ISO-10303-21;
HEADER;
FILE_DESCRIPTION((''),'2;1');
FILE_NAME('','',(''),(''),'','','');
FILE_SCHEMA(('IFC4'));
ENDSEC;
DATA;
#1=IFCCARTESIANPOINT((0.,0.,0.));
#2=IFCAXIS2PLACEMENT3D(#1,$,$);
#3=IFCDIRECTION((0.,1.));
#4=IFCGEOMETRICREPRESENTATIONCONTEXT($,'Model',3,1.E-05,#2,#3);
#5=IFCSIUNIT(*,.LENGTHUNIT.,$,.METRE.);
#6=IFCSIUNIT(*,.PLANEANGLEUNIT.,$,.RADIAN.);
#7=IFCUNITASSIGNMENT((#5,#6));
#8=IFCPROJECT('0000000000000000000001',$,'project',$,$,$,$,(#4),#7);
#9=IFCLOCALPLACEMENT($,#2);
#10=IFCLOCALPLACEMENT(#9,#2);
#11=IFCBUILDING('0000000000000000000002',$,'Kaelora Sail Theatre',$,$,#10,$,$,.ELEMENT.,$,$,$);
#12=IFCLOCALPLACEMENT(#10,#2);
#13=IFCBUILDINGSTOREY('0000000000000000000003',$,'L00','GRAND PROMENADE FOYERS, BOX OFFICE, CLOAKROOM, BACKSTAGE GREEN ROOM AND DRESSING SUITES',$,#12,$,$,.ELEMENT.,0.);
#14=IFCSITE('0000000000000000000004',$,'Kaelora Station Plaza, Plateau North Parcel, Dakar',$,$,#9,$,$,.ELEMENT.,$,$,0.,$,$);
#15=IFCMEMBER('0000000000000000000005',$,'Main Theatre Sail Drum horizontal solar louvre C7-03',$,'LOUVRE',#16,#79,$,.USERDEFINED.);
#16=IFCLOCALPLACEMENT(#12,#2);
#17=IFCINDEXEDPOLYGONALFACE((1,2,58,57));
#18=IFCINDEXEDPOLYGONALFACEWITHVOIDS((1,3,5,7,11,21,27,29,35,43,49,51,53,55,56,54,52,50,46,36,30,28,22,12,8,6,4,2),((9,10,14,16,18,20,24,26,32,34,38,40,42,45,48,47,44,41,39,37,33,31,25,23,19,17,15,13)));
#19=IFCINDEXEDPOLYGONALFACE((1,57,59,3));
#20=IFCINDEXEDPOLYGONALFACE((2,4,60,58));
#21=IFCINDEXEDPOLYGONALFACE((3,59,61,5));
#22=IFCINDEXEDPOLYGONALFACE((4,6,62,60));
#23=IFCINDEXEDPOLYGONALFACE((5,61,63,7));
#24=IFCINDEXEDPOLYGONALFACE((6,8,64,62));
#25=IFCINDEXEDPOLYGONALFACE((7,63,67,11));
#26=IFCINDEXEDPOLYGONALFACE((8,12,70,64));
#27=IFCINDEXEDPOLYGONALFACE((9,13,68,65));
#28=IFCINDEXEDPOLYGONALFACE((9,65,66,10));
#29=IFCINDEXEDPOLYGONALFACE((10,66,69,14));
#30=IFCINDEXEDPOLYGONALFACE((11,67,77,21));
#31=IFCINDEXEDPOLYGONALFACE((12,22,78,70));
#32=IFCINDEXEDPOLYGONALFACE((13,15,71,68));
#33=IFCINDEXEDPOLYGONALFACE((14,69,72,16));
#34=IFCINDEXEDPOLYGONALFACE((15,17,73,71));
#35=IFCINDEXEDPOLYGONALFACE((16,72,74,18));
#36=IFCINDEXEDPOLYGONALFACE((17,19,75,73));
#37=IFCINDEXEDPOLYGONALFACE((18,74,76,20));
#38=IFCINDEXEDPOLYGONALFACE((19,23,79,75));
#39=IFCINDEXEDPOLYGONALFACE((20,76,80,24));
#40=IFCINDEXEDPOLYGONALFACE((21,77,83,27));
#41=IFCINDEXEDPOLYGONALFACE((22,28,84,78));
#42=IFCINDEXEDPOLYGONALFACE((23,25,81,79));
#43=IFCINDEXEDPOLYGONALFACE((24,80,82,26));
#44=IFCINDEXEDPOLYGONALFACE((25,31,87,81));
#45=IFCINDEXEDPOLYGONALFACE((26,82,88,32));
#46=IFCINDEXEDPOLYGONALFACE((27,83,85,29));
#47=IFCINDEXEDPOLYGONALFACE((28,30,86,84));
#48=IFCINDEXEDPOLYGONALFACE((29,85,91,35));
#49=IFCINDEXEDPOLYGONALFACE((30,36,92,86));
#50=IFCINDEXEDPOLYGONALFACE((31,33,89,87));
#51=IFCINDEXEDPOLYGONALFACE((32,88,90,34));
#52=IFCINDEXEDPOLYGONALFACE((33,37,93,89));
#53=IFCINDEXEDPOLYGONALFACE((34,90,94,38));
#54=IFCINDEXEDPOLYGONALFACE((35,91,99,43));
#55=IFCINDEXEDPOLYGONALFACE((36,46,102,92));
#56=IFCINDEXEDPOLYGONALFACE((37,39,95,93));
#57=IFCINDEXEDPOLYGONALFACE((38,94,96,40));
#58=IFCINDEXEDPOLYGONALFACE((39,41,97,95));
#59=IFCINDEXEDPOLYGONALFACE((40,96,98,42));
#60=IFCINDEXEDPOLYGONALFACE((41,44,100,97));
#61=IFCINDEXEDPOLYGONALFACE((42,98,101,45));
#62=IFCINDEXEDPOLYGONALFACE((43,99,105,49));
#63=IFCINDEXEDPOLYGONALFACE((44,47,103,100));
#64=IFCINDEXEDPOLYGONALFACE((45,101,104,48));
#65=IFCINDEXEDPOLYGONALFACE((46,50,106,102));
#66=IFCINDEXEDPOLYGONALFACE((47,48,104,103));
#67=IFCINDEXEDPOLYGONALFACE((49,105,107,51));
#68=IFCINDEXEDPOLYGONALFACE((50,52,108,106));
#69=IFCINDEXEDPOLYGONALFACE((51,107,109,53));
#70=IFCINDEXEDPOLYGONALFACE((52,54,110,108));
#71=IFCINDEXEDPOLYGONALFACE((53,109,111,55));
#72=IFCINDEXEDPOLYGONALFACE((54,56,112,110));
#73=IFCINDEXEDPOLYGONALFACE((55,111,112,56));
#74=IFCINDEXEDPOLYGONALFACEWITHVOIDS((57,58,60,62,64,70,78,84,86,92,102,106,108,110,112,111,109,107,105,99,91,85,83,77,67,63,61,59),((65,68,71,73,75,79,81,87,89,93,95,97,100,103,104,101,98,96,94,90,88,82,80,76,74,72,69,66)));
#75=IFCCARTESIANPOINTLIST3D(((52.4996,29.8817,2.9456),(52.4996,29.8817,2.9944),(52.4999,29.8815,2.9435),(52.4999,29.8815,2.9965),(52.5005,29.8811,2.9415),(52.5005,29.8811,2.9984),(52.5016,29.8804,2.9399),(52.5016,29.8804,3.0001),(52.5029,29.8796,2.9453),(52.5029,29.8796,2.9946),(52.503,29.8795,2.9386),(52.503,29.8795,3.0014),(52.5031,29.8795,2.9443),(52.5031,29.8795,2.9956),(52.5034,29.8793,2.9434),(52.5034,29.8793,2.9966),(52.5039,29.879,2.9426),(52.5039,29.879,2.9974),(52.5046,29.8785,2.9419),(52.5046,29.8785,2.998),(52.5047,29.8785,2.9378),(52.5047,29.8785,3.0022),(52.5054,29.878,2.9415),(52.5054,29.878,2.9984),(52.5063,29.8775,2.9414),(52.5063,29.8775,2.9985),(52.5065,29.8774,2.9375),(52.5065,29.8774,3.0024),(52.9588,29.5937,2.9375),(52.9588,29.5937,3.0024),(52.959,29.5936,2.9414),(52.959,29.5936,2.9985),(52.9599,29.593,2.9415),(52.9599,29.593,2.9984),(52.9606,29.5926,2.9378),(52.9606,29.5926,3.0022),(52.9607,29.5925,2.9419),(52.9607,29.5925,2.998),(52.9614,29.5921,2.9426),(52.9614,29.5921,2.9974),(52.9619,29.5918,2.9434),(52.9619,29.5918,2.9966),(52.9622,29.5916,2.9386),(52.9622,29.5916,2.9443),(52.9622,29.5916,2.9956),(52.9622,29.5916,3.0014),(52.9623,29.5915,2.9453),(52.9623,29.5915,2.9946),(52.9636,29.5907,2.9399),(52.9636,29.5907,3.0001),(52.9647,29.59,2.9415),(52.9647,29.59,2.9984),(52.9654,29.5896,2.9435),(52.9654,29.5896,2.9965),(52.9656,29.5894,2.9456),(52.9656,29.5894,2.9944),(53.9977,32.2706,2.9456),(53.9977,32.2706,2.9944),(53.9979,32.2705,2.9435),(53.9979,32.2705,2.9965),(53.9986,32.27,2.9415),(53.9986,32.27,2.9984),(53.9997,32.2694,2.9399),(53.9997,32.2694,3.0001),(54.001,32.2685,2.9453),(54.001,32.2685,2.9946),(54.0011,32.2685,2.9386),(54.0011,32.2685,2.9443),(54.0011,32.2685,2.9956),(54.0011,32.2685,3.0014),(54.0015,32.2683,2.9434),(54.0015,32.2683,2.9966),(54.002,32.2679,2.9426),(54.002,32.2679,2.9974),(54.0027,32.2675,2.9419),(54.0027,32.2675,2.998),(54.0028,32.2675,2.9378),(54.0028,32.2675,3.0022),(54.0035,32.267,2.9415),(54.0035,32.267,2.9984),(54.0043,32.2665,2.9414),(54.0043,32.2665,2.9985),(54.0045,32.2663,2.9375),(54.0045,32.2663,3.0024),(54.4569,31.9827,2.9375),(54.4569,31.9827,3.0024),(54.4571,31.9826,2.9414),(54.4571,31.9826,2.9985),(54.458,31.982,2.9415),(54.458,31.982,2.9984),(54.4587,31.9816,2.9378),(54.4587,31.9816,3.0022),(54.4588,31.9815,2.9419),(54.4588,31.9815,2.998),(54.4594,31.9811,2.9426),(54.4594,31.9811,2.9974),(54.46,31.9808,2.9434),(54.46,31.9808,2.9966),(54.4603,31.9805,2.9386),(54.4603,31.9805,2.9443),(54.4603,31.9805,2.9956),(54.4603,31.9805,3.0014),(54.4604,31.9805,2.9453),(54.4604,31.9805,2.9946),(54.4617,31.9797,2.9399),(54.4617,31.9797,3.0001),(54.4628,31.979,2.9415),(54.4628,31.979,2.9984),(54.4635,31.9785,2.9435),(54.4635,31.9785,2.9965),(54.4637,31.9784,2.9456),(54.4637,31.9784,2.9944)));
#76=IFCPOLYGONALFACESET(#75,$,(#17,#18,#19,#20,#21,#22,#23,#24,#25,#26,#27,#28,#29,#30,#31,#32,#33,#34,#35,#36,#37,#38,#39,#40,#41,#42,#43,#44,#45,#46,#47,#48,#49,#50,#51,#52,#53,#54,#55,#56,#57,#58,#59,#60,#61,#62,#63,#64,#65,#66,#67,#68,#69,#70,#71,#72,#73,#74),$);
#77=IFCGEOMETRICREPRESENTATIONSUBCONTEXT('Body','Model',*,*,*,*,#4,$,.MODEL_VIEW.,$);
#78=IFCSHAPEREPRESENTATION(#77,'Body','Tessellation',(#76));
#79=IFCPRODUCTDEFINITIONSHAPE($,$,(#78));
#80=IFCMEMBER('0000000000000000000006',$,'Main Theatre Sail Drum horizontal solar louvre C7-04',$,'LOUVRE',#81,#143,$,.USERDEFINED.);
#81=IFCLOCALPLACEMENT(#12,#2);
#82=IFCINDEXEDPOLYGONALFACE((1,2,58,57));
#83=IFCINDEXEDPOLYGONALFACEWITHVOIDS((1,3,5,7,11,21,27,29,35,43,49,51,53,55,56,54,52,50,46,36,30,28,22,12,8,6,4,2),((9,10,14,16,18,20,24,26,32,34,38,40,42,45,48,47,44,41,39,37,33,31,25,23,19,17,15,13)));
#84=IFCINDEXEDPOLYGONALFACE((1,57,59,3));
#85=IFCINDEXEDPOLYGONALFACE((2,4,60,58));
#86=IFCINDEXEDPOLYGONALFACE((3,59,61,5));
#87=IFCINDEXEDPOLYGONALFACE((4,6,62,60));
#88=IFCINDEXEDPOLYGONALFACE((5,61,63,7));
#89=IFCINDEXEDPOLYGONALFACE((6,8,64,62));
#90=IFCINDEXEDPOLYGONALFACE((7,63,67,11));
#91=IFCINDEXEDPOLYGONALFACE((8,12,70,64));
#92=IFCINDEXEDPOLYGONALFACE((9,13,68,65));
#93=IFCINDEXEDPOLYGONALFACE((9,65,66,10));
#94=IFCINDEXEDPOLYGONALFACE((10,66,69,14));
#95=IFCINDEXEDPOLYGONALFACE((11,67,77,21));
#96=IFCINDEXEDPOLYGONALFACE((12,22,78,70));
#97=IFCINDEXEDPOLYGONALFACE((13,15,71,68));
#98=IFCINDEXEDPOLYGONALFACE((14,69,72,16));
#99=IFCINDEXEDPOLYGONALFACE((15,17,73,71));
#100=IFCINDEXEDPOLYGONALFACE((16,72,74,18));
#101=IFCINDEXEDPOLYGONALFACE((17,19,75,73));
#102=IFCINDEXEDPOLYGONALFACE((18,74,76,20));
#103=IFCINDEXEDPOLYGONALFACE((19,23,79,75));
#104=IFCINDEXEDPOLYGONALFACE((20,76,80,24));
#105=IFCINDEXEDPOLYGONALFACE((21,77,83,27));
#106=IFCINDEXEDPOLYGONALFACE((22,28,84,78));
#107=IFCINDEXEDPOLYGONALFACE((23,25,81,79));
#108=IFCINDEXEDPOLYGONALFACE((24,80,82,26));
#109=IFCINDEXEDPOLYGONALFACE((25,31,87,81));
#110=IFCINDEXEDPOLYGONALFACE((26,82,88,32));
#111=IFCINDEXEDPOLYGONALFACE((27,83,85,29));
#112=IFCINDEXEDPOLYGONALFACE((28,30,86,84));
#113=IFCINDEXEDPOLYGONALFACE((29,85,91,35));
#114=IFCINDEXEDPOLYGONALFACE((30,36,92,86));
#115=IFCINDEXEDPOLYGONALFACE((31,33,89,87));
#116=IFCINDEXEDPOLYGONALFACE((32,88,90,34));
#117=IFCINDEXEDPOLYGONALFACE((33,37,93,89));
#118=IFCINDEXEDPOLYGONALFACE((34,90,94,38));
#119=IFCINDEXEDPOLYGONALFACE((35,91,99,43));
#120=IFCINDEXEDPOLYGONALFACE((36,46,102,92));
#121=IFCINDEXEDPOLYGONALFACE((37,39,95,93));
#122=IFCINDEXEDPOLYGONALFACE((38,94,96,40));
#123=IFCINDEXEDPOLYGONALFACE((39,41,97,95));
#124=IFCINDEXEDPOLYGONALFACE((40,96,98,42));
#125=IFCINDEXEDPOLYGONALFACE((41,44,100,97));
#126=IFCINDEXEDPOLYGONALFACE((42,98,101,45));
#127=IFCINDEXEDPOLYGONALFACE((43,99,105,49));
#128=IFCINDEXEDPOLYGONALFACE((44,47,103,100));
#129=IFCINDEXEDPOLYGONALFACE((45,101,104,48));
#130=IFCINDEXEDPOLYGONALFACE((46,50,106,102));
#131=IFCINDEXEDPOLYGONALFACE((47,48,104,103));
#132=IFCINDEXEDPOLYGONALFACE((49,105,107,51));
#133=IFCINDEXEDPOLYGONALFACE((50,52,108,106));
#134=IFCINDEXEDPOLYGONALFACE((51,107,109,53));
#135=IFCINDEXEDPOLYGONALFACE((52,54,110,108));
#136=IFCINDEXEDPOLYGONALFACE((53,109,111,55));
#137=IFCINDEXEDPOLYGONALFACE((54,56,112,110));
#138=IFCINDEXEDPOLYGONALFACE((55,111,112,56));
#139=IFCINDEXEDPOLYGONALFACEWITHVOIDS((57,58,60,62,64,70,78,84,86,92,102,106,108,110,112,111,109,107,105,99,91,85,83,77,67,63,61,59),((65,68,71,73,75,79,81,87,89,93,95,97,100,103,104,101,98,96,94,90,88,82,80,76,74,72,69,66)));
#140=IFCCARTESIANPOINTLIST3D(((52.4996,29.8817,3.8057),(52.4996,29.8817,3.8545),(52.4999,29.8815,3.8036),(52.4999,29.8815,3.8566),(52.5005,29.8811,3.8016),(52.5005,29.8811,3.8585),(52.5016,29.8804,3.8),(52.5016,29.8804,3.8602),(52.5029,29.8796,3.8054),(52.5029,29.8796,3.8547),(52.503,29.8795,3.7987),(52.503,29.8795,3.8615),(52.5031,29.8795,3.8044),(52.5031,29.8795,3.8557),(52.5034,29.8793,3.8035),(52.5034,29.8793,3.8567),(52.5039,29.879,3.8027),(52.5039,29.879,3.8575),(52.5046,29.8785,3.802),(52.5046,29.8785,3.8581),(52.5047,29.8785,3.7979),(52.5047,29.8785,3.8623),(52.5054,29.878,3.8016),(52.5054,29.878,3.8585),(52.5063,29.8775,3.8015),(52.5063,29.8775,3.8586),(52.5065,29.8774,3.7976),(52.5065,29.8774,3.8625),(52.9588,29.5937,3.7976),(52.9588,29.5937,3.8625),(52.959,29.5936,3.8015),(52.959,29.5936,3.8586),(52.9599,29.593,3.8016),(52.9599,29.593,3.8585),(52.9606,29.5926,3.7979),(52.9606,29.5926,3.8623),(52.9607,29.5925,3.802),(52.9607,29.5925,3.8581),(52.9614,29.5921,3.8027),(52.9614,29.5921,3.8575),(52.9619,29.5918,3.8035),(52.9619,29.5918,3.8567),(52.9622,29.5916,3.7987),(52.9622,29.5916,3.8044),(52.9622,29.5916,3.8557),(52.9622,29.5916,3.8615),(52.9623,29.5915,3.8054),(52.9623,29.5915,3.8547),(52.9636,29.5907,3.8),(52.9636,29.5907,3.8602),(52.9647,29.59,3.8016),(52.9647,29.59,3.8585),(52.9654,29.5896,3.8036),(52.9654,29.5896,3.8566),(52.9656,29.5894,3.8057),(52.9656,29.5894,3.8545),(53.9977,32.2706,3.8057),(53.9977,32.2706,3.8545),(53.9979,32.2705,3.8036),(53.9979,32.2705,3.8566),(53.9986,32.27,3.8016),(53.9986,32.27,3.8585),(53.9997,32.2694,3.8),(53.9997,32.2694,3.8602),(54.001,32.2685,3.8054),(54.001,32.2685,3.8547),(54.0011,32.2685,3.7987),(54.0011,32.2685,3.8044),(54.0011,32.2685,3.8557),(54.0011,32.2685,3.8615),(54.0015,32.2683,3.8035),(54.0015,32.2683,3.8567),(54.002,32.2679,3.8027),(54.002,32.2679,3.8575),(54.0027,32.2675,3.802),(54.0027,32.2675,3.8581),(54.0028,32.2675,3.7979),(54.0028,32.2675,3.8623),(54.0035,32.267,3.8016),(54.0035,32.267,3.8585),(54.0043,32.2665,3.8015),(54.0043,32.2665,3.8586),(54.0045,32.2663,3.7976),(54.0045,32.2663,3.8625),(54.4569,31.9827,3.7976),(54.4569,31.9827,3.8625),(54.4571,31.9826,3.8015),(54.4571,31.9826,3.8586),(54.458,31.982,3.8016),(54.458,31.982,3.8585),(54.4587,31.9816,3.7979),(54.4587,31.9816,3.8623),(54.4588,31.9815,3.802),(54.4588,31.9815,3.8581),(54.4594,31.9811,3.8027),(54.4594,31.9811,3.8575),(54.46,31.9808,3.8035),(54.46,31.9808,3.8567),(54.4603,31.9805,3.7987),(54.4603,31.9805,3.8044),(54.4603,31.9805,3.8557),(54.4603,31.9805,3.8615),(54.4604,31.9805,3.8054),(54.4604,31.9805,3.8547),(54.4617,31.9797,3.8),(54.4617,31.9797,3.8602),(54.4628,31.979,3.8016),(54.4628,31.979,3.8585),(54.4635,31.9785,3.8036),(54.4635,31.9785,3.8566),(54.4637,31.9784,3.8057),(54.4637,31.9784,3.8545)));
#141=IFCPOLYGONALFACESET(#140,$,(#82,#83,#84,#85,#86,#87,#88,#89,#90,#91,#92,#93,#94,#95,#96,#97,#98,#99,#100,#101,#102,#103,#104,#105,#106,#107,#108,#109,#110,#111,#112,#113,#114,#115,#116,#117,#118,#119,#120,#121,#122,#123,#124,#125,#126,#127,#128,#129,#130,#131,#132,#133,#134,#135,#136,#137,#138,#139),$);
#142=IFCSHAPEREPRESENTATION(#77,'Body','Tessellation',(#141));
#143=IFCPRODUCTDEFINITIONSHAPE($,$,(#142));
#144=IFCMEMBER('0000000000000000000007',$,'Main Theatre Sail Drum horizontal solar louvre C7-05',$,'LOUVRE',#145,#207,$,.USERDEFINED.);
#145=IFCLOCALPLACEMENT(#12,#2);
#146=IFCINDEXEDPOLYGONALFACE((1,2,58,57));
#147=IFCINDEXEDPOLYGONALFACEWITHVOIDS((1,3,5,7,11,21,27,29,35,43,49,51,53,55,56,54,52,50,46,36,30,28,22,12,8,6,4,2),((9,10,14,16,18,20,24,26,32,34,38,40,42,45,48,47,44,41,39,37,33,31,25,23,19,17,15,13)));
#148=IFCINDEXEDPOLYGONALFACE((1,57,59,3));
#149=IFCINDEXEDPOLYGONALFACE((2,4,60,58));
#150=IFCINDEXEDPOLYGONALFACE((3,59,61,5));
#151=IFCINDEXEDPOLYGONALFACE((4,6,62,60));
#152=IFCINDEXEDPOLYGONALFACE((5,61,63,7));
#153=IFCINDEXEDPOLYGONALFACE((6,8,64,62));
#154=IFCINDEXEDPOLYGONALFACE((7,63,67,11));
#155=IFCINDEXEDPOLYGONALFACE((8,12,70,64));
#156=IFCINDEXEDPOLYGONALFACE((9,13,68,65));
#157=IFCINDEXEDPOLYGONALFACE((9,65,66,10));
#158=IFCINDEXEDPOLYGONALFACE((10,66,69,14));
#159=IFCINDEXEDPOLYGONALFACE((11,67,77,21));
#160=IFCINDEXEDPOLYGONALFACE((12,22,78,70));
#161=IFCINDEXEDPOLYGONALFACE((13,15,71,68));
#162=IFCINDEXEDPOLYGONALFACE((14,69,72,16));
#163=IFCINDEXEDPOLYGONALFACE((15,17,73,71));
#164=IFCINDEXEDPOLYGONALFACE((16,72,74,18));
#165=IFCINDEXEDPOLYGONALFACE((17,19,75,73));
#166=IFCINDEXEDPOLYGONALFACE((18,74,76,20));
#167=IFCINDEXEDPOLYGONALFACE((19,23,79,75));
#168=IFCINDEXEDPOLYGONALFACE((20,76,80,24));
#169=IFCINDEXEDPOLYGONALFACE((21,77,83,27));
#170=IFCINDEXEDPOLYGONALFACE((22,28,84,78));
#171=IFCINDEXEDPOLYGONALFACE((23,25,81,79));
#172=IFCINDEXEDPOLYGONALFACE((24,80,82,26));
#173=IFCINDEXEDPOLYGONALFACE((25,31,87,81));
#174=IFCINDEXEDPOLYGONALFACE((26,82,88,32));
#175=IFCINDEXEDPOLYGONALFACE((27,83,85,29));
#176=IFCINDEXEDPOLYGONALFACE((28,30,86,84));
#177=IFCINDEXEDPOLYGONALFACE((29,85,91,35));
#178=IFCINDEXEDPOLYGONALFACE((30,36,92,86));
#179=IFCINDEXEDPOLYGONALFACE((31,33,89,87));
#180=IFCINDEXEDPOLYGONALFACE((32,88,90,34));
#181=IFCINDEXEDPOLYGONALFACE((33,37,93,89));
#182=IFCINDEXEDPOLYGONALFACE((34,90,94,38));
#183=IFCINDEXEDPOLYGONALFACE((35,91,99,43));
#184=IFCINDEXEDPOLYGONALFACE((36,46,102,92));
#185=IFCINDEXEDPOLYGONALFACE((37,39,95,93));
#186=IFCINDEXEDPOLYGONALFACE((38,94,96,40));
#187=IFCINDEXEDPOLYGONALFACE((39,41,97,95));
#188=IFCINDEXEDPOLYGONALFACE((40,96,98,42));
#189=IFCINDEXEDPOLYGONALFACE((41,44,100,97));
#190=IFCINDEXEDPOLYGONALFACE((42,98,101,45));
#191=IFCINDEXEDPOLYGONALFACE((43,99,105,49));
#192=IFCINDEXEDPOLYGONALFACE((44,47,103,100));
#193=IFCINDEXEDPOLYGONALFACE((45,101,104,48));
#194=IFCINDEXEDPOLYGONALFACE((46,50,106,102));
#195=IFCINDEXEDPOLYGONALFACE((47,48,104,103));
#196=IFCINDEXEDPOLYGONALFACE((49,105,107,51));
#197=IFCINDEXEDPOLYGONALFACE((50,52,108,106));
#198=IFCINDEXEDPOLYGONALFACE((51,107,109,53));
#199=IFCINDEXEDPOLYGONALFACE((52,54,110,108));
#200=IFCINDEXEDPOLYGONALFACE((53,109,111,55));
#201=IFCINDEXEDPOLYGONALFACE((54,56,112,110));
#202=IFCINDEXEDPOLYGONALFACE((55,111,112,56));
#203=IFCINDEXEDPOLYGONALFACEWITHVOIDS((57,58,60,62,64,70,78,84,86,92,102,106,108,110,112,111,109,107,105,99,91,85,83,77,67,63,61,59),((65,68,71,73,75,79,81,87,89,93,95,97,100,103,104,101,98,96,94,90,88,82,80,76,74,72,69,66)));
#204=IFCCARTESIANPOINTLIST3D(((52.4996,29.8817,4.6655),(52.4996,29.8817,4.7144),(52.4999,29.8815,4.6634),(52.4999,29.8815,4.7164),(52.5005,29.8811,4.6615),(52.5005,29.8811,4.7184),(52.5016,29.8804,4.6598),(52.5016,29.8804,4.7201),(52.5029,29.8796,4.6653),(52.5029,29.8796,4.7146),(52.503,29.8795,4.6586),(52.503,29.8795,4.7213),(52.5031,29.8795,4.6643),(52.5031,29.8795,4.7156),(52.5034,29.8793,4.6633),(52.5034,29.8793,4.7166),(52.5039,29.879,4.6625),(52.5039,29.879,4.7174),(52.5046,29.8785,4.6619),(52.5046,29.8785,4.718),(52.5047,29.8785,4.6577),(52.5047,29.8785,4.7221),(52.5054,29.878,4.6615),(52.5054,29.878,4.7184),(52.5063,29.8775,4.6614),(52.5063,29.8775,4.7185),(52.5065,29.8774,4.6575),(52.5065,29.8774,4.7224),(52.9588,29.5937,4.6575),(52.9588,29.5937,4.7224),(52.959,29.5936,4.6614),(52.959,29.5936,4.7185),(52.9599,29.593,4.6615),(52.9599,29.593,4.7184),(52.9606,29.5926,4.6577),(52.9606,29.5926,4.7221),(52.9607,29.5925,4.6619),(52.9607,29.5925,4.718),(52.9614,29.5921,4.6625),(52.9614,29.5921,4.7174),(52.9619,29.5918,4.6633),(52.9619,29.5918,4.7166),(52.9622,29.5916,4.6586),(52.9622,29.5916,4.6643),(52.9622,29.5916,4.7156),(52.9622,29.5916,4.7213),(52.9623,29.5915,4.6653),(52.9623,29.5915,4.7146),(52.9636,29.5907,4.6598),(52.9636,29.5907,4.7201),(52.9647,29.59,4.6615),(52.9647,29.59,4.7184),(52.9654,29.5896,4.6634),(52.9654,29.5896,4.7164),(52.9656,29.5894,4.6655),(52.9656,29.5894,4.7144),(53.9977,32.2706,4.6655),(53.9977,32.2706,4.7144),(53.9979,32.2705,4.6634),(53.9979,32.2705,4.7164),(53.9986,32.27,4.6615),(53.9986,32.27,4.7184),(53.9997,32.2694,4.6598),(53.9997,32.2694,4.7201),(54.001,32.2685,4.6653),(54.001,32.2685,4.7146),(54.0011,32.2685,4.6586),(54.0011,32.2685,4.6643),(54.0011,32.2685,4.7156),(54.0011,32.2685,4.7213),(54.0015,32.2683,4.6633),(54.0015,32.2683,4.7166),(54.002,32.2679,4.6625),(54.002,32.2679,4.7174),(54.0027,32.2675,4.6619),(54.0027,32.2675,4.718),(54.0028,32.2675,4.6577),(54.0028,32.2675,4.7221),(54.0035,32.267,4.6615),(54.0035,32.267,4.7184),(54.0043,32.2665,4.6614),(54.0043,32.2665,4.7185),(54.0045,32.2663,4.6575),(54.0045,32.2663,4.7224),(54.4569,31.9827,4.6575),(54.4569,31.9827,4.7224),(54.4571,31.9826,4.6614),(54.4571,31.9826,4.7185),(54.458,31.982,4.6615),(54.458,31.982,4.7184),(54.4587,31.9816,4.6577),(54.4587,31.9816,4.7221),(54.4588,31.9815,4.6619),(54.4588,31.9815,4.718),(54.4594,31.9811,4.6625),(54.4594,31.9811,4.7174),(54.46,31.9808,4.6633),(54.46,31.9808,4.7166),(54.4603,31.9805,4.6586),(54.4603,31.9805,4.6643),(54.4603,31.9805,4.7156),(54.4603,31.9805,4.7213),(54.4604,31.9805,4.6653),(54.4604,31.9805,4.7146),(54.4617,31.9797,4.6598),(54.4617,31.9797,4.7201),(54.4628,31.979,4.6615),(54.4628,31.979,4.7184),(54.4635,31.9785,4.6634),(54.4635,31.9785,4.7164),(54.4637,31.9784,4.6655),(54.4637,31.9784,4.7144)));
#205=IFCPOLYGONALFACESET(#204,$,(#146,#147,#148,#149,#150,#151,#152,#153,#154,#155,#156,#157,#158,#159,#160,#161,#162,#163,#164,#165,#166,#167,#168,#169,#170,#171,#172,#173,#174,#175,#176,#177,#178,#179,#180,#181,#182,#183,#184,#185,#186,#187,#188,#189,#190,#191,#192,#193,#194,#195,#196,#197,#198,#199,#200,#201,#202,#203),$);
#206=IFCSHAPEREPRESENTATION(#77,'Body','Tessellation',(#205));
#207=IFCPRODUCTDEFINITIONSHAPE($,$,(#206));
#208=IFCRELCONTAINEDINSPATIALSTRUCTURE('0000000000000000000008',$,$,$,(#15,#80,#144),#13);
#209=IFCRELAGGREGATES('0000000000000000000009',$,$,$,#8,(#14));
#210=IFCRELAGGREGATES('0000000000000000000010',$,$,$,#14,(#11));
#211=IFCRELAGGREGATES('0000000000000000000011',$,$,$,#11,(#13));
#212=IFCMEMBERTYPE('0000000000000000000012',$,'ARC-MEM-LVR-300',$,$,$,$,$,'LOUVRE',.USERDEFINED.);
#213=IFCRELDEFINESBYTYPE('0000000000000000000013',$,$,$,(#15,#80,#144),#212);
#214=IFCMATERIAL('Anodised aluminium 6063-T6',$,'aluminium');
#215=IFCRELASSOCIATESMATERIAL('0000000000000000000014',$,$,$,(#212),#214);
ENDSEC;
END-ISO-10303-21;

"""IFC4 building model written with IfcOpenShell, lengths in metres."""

from ifc_helpers import new_model, si_unit, direction, frame, origin, origin_2d, place, context, subcontext, project, spatial, hollow_rectangle, extrude, material, material_profile, profile_set, type_object, element, save


model = new_model("IFC4")

# Units and contexts
model_context = context("Model", 3, precision=1e-05, world=origin(), true_north=direction((0.0, 1.0)))
body_context = subcontext(model_context, "Body", "Model", "MODEL_VIEW")
ifc_project = project(units=[si_unit("LENGTHUNIT", "METRE"), si_unit("PLANEANGLEUNIT", "RADIAN")], contexts=[model_context])

# Site, building, storey
site_placement = place(None, origin())
site = spatial("IfcSite", under=ifc_project, at=site_placement, Name="Kaelora Station Plaza, Plateau North Parcel, Dakar", CompositionType="ELEMENT", RefElevation=0.0)
building_placement = place(site_placement, origin())
building = spatial("IfcBuilding", under=site, at=building_placement, Name="Kaelora Sail Theatre", CompositionType="ELEMENT")
storey_placement = place(building_placement, origin())
storey = spatial("IfcBuildingStorey", under=building, at=storey_placement, Name="L00", Description="GRAND PROMENADE FOYERS, BOX OFFICE, CLOAKROOM, BACKSTAGE GREEN ROOM AND DRESSING SUITES", CompositionType="ELEMENT", Elevation=0.0)

# Members
ifc_material_1 = material(Name="Anodised aluminium 6063-T6", Category="aluminium")
ifc_material_profile_1 = material_profile(ifc_material_1, hollow_rectangle(XDim=0.55, YDim=0.0649, WallThickness=0.0039, InnerFilletRadius=0.0039, OuterFilletRadius=0.0081, at=origin_2d()), Name="LOUVRE 550x65x4")
ifc_profile_set_1 = profile_set([ifc_material_profile_1], Name="Anodised aluminium 6063-T6")
member_type_1 = type_object("IfcMemberType", Name="ARC-MEM-LVR-300", ElementType="LOUVRE", PredefinedType="USERDEFINED", material=ifc_profile_set_1)
for number, where, z_axis, x_axis, name in (
    (1, (54.2307, 32.1245, 2.97), (-0.531267, -0.847204, 0.0), (0.847204, -0.531267, 0.0), "Main Theatre Sail Drum horizontal solar louvre C7-03"),
    (2, (54.2307, 32.1245, 3.8301), (-0.531267, -0.847204, 0.0), (0.847204, -0.531267, 0.0), "Main Theatre Sail Drum horizontal solar louvre C7-04"),
    (3, (54.2307, 32.1245, 4.6899), (-0.531267, -0.847204, 0.0), (0.847204, -0.531267, 0.0), "Main Theatre Sail Drum horizontal solar louvre C7-05"),
):
    element("IfcMember", number, at=place(storey_placement, frame(where, z_axis=z_axis, x_axis=x_axis)), inside=storey, type_object=member_type_1, Name=name, ObjectType="LOUVRE", PredefinedType="USERDEFINED", context=body_context, shape_type="SweptSolid", body=[
        extrude(hollow_rectangle(XDim=0.55, YDim=0.0649, WallThickness=0.0039, InnerFilletRadius=0.0039, OuterFilletRadius=0.0081, at=origin_2d()), origin(), (0.0, 0.0, 1.0), 2.8198),
    ])

save(model, "model.ifc")
